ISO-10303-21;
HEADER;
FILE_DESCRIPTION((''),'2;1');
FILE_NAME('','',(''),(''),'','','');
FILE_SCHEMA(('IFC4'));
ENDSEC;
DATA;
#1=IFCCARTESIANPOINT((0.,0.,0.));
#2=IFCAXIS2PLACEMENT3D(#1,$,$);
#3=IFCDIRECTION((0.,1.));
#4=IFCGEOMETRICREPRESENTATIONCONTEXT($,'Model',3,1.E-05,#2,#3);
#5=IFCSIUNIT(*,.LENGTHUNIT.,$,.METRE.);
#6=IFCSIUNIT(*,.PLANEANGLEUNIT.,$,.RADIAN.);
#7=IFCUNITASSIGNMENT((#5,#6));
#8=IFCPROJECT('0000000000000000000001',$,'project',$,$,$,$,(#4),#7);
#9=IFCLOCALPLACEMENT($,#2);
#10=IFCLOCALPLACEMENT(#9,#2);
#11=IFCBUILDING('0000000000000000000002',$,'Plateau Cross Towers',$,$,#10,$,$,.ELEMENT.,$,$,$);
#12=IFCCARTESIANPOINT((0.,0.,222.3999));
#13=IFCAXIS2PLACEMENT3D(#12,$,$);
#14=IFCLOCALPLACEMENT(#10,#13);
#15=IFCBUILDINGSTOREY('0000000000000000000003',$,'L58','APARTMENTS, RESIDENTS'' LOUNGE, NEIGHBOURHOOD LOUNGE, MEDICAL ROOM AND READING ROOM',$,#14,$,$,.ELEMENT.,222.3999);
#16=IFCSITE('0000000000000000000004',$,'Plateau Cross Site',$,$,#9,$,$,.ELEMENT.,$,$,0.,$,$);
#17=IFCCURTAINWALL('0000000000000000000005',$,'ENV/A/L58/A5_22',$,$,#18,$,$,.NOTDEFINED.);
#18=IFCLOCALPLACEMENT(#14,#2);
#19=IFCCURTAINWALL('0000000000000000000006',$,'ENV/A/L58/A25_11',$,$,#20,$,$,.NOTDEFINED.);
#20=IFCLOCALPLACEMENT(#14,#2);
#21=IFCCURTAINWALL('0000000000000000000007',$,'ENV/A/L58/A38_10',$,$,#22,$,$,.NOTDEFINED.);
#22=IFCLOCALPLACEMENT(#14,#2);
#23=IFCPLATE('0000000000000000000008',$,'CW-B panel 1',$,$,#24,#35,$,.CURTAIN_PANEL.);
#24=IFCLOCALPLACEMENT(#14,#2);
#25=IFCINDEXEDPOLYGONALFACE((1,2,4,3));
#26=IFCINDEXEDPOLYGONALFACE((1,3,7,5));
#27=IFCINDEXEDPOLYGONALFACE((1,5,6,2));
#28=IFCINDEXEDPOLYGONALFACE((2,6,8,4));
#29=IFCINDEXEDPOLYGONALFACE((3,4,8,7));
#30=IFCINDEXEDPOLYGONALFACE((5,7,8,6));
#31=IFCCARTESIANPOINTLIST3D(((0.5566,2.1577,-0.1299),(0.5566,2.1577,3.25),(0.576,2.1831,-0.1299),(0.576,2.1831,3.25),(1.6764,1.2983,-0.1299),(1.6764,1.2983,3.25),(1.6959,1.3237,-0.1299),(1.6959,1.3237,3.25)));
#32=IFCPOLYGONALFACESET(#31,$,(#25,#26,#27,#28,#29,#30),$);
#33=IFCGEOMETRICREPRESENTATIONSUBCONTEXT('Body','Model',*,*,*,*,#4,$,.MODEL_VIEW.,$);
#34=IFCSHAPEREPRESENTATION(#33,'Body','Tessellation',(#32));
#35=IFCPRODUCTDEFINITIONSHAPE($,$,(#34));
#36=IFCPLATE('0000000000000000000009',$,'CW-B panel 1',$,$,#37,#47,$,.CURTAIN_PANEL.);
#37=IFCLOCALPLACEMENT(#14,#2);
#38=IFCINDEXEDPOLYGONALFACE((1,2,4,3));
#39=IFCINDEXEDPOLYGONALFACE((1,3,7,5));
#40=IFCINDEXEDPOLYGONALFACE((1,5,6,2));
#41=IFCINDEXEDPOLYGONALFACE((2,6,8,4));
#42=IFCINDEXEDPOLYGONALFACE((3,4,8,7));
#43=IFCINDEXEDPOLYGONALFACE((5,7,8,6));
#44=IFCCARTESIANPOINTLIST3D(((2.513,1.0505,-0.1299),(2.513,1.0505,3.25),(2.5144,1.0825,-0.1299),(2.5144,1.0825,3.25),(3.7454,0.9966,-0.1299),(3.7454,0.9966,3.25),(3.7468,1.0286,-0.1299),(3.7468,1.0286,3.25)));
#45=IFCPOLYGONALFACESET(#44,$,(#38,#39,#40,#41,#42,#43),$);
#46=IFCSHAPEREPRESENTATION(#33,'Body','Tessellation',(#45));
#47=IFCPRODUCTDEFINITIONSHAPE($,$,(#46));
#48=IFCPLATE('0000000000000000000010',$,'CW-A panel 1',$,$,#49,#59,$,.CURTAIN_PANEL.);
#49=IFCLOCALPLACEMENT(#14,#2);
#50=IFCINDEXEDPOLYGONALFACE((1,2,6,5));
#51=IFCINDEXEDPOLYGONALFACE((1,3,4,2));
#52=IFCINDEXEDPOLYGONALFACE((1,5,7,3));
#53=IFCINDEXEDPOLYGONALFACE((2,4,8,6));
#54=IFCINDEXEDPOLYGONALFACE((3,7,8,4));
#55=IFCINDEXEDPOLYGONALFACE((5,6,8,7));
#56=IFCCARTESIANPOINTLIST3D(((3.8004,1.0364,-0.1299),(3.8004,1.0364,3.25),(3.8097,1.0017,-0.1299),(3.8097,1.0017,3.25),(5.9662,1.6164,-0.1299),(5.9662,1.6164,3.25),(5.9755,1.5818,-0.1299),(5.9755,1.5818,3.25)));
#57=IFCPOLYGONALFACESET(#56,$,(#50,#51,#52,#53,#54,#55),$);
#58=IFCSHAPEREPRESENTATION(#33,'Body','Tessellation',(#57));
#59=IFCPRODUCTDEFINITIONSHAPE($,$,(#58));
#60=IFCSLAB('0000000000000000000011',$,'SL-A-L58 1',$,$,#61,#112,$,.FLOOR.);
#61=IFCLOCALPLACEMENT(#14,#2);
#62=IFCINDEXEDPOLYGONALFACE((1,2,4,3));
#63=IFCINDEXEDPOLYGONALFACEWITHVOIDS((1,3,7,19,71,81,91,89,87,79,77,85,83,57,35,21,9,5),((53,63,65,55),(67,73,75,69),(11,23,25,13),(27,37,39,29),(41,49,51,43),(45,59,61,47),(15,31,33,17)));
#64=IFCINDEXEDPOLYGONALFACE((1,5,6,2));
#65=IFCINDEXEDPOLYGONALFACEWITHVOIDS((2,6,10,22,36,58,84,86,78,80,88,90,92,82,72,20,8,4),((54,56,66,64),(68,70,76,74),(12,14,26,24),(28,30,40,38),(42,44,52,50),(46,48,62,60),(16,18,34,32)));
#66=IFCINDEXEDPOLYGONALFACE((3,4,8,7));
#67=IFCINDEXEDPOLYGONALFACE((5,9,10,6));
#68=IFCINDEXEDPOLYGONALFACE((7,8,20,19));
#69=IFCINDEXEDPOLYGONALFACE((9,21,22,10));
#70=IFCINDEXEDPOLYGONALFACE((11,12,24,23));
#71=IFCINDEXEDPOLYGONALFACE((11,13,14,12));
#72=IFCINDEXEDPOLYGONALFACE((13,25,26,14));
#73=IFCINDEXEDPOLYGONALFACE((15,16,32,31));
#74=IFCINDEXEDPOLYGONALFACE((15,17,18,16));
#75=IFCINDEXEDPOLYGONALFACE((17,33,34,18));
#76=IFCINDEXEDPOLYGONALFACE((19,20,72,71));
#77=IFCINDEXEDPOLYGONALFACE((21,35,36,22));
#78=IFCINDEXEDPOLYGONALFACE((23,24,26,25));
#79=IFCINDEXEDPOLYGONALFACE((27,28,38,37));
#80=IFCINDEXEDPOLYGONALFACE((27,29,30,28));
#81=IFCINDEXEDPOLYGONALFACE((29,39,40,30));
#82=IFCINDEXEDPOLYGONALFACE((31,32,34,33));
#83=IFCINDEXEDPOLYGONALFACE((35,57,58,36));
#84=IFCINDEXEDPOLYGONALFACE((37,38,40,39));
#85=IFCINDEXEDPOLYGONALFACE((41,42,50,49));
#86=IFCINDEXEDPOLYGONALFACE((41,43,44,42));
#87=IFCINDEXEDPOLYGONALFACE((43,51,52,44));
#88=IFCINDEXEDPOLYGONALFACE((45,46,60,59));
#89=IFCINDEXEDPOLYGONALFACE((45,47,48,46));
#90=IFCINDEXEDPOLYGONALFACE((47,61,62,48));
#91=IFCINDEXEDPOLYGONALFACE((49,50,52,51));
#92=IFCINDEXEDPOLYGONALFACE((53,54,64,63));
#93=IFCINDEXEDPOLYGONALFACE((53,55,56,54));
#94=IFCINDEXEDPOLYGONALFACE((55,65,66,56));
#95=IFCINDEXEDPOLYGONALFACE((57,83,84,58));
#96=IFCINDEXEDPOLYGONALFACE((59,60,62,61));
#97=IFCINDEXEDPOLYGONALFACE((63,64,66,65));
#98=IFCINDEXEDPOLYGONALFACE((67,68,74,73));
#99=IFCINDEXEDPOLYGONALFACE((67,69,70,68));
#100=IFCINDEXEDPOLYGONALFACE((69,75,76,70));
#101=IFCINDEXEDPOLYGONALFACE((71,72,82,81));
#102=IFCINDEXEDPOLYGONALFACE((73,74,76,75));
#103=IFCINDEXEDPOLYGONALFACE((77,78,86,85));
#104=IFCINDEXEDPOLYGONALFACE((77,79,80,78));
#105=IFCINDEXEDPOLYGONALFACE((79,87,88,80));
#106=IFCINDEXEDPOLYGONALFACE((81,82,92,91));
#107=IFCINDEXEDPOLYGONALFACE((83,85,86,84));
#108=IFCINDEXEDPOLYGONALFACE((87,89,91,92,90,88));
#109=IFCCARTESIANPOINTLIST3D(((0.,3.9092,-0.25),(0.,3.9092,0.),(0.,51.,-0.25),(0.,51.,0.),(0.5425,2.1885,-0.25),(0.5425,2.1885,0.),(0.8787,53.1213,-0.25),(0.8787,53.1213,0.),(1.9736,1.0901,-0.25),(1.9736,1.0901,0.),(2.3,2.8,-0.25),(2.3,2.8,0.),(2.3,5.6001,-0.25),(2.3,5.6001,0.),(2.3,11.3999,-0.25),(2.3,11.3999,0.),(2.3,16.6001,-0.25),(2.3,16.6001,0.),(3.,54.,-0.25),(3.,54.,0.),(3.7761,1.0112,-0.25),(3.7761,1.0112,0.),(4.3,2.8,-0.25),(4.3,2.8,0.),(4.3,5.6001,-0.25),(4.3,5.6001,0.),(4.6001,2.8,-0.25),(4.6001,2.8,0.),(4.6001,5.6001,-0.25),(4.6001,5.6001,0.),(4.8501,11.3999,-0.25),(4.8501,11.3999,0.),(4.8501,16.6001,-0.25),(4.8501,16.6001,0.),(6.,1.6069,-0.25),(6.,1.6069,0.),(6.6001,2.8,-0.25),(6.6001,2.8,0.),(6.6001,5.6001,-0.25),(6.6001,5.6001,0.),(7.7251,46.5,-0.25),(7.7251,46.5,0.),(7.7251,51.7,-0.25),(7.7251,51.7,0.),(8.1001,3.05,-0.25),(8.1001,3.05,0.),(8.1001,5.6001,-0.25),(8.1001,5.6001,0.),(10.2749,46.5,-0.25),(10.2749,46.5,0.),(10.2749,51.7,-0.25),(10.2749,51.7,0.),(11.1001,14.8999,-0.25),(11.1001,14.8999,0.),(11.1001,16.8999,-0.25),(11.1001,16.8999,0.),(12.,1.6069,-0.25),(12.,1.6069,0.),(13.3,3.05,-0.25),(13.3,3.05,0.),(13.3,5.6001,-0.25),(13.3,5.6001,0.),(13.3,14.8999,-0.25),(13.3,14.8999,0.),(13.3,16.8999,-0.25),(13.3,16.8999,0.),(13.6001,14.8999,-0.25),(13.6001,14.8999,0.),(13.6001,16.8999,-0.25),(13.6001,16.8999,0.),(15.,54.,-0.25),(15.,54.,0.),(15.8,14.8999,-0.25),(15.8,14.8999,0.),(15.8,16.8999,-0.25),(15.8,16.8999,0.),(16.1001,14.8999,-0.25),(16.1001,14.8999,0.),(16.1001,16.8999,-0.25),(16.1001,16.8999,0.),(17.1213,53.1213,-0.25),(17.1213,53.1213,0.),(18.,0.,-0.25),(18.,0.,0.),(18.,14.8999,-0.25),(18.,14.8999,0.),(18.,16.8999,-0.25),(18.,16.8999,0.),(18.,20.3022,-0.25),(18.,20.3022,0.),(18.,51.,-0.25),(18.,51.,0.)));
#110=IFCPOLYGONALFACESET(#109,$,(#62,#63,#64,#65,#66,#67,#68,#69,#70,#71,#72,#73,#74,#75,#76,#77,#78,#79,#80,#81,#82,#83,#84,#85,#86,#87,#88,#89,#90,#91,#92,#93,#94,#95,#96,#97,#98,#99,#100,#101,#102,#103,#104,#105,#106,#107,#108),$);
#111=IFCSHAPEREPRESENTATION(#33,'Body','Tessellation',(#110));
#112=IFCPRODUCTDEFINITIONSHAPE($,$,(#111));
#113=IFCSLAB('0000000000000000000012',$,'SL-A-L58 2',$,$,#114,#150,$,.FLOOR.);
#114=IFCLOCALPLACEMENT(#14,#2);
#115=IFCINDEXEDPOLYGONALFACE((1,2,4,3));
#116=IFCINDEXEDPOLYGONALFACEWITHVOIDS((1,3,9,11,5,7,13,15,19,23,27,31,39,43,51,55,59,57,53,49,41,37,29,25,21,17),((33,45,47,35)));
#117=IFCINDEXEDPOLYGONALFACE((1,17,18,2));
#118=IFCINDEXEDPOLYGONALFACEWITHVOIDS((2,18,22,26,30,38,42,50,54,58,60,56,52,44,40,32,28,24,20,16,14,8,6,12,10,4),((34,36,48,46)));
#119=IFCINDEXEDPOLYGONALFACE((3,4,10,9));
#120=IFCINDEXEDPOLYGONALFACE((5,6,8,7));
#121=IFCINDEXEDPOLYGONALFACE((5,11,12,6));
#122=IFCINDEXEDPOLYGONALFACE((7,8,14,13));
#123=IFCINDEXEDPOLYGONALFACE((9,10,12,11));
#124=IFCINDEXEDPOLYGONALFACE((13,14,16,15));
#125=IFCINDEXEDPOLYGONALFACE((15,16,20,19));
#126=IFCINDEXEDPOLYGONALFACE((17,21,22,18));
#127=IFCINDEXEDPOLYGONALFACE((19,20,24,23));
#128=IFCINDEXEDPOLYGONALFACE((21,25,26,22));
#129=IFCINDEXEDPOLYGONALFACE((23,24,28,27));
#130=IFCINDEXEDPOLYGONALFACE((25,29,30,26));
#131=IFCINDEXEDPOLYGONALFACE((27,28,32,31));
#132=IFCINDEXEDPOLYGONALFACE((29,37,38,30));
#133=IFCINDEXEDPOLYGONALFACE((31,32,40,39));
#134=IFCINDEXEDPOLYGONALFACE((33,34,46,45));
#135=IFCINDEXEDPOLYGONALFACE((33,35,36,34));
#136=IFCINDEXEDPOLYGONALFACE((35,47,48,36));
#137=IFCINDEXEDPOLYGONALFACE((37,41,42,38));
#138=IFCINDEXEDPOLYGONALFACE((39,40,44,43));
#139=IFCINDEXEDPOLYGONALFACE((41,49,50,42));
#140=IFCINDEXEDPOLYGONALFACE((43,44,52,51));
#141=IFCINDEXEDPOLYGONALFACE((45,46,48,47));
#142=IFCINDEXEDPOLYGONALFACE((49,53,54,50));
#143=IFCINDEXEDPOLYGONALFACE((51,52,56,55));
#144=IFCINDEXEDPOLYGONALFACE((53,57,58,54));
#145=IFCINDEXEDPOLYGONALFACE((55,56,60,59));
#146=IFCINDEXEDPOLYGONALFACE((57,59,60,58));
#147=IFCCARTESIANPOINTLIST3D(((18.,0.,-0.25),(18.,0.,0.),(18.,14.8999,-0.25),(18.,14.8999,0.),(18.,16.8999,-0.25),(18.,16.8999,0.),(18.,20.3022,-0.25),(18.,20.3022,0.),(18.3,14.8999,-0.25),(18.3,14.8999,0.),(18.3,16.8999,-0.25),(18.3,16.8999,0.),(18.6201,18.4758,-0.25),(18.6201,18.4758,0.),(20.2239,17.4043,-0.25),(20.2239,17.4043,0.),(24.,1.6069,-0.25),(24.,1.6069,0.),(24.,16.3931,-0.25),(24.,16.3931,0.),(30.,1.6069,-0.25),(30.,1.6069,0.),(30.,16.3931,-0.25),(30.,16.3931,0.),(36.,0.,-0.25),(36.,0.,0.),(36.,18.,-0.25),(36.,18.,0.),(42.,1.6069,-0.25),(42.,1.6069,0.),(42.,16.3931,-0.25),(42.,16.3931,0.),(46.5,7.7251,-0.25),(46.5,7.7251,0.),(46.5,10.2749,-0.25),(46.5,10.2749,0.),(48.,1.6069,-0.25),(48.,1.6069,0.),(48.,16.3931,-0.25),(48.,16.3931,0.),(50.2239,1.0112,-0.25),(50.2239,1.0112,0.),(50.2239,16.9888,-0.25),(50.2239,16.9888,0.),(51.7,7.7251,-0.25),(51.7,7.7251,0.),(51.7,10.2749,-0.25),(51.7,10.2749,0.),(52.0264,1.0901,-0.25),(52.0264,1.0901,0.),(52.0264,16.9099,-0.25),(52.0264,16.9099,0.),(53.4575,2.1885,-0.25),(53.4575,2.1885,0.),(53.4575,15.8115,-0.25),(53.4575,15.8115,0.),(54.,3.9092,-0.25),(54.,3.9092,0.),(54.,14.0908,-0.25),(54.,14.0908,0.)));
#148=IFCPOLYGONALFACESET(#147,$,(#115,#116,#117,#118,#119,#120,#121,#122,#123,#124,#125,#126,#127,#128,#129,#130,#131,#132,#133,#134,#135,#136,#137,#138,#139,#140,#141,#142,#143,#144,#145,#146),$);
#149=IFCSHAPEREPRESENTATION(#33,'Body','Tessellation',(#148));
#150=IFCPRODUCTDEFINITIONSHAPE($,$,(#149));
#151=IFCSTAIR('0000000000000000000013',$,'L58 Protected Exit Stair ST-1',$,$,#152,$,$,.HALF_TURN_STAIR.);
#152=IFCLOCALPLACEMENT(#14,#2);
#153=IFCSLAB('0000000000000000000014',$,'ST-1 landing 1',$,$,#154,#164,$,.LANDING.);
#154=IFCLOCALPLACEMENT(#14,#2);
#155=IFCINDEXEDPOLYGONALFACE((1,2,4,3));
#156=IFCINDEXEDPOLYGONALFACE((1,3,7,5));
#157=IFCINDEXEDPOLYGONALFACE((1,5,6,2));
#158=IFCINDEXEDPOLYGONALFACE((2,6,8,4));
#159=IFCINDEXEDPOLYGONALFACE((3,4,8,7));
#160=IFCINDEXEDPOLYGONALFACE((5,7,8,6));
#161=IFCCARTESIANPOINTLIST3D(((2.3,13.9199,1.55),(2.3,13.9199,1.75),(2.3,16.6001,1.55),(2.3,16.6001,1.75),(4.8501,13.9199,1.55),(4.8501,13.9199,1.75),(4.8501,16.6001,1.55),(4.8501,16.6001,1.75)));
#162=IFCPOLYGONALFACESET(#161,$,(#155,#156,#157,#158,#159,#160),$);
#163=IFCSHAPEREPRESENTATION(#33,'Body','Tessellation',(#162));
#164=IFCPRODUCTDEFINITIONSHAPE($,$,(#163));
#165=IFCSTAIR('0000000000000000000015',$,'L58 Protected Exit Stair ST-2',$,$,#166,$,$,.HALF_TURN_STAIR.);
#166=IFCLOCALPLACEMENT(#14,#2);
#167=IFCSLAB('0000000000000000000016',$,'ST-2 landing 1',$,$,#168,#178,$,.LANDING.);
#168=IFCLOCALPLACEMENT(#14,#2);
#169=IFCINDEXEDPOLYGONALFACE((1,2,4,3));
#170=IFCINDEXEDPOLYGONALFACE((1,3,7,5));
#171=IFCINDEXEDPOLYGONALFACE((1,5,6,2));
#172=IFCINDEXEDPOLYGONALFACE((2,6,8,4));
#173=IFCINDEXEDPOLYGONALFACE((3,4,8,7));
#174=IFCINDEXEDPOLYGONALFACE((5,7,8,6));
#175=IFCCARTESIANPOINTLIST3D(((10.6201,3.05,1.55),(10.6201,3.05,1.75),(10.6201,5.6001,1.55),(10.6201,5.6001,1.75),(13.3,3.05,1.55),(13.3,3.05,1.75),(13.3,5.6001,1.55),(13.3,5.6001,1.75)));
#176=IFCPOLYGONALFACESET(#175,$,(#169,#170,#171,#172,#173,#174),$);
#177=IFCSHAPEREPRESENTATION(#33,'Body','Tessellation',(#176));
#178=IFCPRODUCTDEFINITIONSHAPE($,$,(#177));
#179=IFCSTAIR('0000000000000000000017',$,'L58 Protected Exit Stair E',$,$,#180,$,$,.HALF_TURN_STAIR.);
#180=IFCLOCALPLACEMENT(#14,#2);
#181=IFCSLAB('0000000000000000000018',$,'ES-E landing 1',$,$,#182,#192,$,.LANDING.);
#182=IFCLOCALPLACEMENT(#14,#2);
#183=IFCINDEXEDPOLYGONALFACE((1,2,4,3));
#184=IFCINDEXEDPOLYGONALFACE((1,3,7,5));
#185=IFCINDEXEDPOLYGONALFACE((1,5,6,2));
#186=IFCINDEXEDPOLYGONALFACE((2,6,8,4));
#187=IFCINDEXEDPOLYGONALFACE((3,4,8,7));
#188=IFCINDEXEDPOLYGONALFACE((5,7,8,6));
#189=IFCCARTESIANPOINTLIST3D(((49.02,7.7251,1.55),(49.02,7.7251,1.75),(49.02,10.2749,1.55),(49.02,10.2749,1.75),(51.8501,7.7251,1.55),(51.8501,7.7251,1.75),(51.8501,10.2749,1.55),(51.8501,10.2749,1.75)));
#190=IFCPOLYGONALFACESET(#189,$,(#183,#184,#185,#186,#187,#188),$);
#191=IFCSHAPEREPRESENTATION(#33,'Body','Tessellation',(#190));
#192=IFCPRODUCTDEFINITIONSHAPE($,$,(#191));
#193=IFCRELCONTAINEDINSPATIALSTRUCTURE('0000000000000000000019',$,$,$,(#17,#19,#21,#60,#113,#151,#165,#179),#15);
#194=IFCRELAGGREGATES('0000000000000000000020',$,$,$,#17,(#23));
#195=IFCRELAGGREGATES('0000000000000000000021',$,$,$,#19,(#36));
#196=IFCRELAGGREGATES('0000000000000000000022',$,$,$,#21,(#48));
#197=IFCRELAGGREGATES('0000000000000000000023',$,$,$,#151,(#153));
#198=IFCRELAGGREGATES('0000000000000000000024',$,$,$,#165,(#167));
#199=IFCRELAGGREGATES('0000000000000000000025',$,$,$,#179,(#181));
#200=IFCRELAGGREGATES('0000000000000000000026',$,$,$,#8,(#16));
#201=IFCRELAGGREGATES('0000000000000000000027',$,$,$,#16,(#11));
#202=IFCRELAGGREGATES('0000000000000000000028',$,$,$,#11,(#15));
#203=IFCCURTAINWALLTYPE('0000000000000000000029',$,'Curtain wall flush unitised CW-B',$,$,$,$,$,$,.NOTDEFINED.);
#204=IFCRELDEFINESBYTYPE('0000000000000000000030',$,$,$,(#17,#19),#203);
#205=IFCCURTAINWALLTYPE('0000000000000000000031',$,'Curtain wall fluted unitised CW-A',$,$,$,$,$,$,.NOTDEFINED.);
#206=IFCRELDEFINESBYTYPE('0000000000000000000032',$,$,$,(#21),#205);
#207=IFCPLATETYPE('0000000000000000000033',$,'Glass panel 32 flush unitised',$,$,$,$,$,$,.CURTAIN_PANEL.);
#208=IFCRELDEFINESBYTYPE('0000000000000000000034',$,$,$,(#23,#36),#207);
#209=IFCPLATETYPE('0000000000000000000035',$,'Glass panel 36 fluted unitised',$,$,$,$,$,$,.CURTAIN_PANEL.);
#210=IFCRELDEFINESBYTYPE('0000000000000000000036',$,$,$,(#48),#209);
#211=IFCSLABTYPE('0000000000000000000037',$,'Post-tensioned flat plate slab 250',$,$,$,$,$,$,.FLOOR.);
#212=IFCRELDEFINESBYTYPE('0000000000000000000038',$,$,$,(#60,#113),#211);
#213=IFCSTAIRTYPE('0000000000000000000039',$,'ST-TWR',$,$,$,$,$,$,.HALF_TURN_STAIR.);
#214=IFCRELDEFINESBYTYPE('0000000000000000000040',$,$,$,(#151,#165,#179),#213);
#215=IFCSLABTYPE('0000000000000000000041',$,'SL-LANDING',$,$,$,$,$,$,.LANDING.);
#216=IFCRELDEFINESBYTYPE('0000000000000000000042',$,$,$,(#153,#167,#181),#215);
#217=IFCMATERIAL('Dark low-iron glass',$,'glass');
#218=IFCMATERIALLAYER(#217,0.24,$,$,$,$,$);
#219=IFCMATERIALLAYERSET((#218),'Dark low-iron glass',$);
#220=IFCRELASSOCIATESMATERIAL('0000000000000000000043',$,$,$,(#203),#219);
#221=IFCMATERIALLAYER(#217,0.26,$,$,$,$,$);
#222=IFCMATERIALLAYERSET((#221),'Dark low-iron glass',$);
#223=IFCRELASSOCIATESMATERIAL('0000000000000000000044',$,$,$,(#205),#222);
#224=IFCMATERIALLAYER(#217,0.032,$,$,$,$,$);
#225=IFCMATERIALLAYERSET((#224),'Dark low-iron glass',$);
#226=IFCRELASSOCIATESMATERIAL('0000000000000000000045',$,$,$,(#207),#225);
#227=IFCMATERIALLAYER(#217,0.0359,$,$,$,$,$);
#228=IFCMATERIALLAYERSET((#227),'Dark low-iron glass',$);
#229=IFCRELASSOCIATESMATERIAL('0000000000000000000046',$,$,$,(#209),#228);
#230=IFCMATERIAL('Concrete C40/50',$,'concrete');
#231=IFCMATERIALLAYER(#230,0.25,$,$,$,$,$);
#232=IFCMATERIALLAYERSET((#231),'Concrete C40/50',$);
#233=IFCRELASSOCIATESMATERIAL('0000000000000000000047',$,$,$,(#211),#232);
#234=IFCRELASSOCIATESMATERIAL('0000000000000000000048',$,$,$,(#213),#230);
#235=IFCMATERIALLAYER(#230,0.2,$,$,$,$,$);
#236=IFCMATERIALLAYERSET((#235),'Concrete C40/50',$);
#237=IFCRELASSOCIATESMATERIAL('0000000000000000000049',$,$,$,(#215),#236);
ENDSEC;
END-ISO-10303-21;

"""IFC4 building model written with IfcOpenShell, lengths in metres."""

from ifc_helpers import new_model, si_unit, direction, frame, origin, origin_2d, place, context, subcontext, project, spatial, polyline, rectangle, outline, extrude, material, layer, layer_set, type_object, element, aggregate, save


model = new_model("IFC4")

# Units and contexts
model_context = context("Model", 3, precision=1e-05, world=origin(), true_north=direction((0.0, 1.0)))
body_context = subcontext(model_context, "Body", "Model", "MODEL_VIEW")
ifc_project = project(units=[si_unit("LENGTHUNIT", "METRE"), si_unit("PLANEANGLEUNIT", "RADIAN")], contexts=[model_context])

# Site, building, storey
site_placement = place(None, origin())
site = spatial("IfcSite", under=ifc_project, at=site_placement, Name="Plateau Cross Site", CompositionType="ELEMENT", RefElevation=0.0)
building_placement = place(site_placement, origin())
building = spatial("IfcBuilding", under=site, at=building_placement, Name="Plateau Cross Towers", CompositionType="ELEMENT")
storey_placement = place(building_placement, frame((0.0, 0.0, 222.3999)))
storey = spatial("IfcBuildingStorey", under=building, at=storey_placement, Name="L58", Description="APARTMENTS, RESIDENTS' LOUNGE, NEIGHBOURHOOD LOUNGE, MEDICAL ROOM AND READING ROOM", CompositionType="ELEMENT", Elevation=222.3999)

# Curtain wall
ifc_material_1 = material(Name="Dark low-iron glass", Category="glass")
ifc_layer_1 = layer(ifc_material_1, 0.24)
ifc_layer_set_1 = layer_set([ifc_layer_1], Name="Dark low-iron glass")
curtain_wall_type_1 = type_object("IfcCurtainWallType", Name="Curtain wall flush unitised CW-B", PredefinedType="NOTDEFINED", material=ifc_layer_set_1)
curtain_wall_1_placement = place(storey_placement, origin())
curtain_wall_1 = element("IfcCurtainWall", 1, at=curtain_wall_1_placement, inside=storey, type_object=curtain_wall_type_1, Name="ENV/A/L58/A5_22", PredefinedType="NOTDEFINED")

# Curtain walls
curtain_wall_2_placement = place(storey_placement, origin())
curtain_wall_2 = element("IfcCurtainWall", 2, at=curtain_wall_2_placement, inside=storey, type_object=curtain_wall_type_1, Name="ENV/A/L58/A25_11", PredefinedType="NOTDEFINED")
ifc_layer_2 = layer(ifc_material_1, 0.26)
ifc_layer_set_2 = layer_set([ifc_layer_2], Name="Dark low-iron glass")
curtain_wall_type_2 = type_object("IfcCurtainWallType", Name="Curtain wall fluted unitised CW-A", PredefinedType="NOTDEFINED", material=ifc_layer_set_2)
curtain_wall_3_placement = place(storey_placement, origin())
curtain_wall_3 = element("IfcCurtainWall", 3, at=curtain_wall_3_placement, inside=storey, type_object=curtain_wall_type_2, Name="ENV/A/L58/A38_10", PredefinedType="NOTDEFINED")

# Shared definitions
ifc_material_2 = material(Name="Concrete C40/50", Category="concrete")

# Plates
ifc_layer_3 = layer(ifc_material_1, 0.032)
ifc_layer_set_3 = layer_set([ifc_layer_3], Name="Dark low-iron glass")
plate_type_1 = type_object("IfcPlateType", Name="Glass panel 32 flush unitised", PredefinedType="CURTAIN_PANEL", material=ifc_layer_set_3)
plate_1_placement = place(storey_placement, frame((1.1262, 1.7407, -0.1299), z_axis=(0.0, 0.0, 1.0), x_axis=(0.793316, -0.608811, 0.0)))
plate_1 = element("IfcPlate", 4, at=plate_1_placement, type_object=plate_type_1, Name="CW-B panel 1", PredefinedType="CURTAIN_PANEL", context=body_context, shape_type="SweptSolid", body=[
    extrude(rectangle(XDim=1.4116, YDim=0.032, at=origin_2d()), origin(), (0.0, 0.0, 1.0), 3.3799),
])
aggregate(curtain_wall_1, [plate_1])
plate_2_placement = place(storey_placement, frame((3.1299, 1.0396, -0.1299), z_axis=(0.0, 0.0, 1.0), x_axis=(0.999044, -0.043723, 0.0)))
plate_2 = element("IfcPlate", 5, at=plate_2_placement, type_object=plate_type_1, Name="CW-B panel 1", PredefinedType="CURTAIN_PANEL", context=body_context, shape_type="SweptSolid", body=[
    extrude(rectangle(XDim=1.2336, YDim=0.032, at=origin_2d()), origin(), (0.0, 0.0, 1.0), 3.3799),
])
aggregate(curtain_wall_2, [plate_2])
ifc_layer_4 = layer(ifc_material_1, 0.0359)
ifc_layer_set_4 = layer_set([ifc_layer_4], Name="Dark low-iron glass")
plate_type_2 = type_object("IfcPlateType", Name="Glass panel 36 fluted unitised", PredefinedType="CURTAIN_PANEL", material=ifc_layer_set_4)
plate_3_placement = place(storey_placement, frame((4.8879, 1.3091, -0.1299), z_axis=(0.0, 0.0, 1.0), x_axis=(0.965958, 0.258699, 0.0)))
plate_3 = element("IfcPlate", 6, at=plate_3_placement, type_object=plate_type_2, Name="CW-A panel 1", PredefinedType="CURTAIN_PANEL", context=body_context, shape_type="SweptSolid", body=[
    extrude(rectangle(XDim=2.2422, YDim=0.0359, at=origin_2d()), origin(), (0.0, 0.0, 1.0), 3.3799),
])
aggregate(curtain_wall_3, [plate_3])

# Slabs
ifc_layer_5 = layer(ifc_material_2, 0.25)
ifc_layer_set_5 = layer_set([ifc_layer_5], Name="Concrete C40/50")
slab_type_1 = type_object("IfcSlabType", Name="Post-tensioned flat plate slab 250", PredefinedType="FLOOR", material=ifc_layer_set_5)
slab_1_placement = place(storey_placement, frame((0.0, 0.0, -0.25)))
element("IfcSlab", 7, at=slab_1_placement, inside=storey, type_object=slab_type_1, Name="SL-A-L58 1", PredefinedType="FLOOR", context=body_context, shape_type="SweptSolid", body=[
    extrude(outline(polyline([(0.5425, 2.1885), (0.0, 3.9092), (0.0, 51.0), (0.8787, 53.1213), (3.0, 54.0), (15.0, 54.0), (17.1213, 53.1213), (18.0, 51.0), (18.0, 20.3022), (18.0, 16.8999), (16.1001, 16.8999), (16.1001, 14.8999), (18.0, 14.8999), (18.0, 0.0), (12.0, 1.6069), (6.0, 1.6069), (3.7761, 1.0112), (1.9736, 1.0901), (0.5425, 2.1885)]), holes=[polyline([(2.3, 5.6001), (2.3, 2.8), (4.3, 2.8), (4.3, 5.6001), (2.3, 5.6001)]), polyline([(4.6001, 5.6001), (4.6001, 2.8), (6.6001, 2.8), (6.6001, 5.6001), (4.6001, 5.6001)]), polyline([(8.1001, 5.6001), (8.1001, 3.05), (13.3, 3.05), (13.3, 5.6001), (8.1001, 5.6001)]), polyline([(2.3, 11.3999), (4.8501, 11.3999), (4.8501, 16.6001), (2.3, 16.6001), (2.3, 11.3999)]), polyline([(11.1001, 16.8999), (11.1001, 14.8999), (13.3, 14.8999), (13.3, 16.8999), (11.1001, 16.8999)]), polyline([(13.6001, 16.8999), (13.6001, 14.8999), (15.8, 14.8999), (15.8, 16.8999), (13.6001, 16.8999)]), polyline([(7.7251, 51.7), (7.7251, 46.5), (10.2749, 46.5), (10.2749, 51.7), (7.7251, 51.7)])]), origin(), (0.0, 0.0, 1.0), 0.25),
])
slab_2_placement = place(storey_placement, frame((0.0, 0.0, -0.25)))
element("IfcSlab", 8, at=slab_2_placement, inside=storey, type_object=slab_type_1, Name="SL-A-L58 2", PredefinedType="FLOOR", context=body_context, shape_type="SweptSolid", body=[
    extrude(outline(polyline([(18.6201, 18.4758), (20.2239, 17.4043), (24.0, 16.3931), (30.0, 16.3931), (36.0, 18.0), (42.0, 16.3931), (48.0, 16.3931), (50.2239, 16.9888), (52.0264, 16.9099), (53.4575, 15.8115), (54.0, 14.0908), (54.0, 3.9092), (53.4575, 2.1885), (52.0264, 1.0901), (50.2239, 1.0112), (48.0, 1.6069), (42.0, 1.6069), (36.0, 0.0), (30.0, 1.6069), (24.0, 1.6069), (18.0, 0.0), (18.0, 14.8999), (18.3, 14.8999), (18.3, 16.8999), (18.0, 16.8999), (18.0, 20.3022), (18.6201, 18.4758)]), holes=[polyline([(46.5, 10.2749), (46.5, 7.7251), (51.7, 7.7251), (51.7, 10.2749), (46.5, 10.2749)])]), origin(), (0.0, 0.0, 1.0), 0.25),
])

# Stairs, slabs
stair_type = type_object("IfcStairType", Name="ST-TWR", PredefinedType="HALF_TURN_STAIR", material=ifc_material_2)
stair_1_placement = place(storey_placement, origin())
stair_1 = element("IfcStair", 9, at=stair_1_placement, inside=storey, type_object=stair_type, Name="L58 Protected Exit Stair ST-1", PredefinedType="HALF_TURN_STAIR")
ifc_layer_6 = layer(ifc_material_2, 0.2)
ifc_layer_set_6 = layer_set([ifc_layer_6], Name="Concrete C40/50")
slab_type_2 = type_object("IfcSlabType", Name="SL-LANDING", PredefinedType="LANDING", material=ifc_layer_set_6)
slab_3_placement = place(storey_placement, frame((0.0, 0.0, 1.55)))
slab_3 = element("IfcSlab", 10, at=slab_3_placement, type_object=slab_type_2, Name="ST-1 landing 1", PredefinedType="LANDING", context=body_context, shape_type="SweptSolid", body=[
    extrude(outline(polyline([(4.8501, 13.9199), (4.8501, 16.6001), (2.3, 16.6001), (2.3, 13.9199), (4.8501, 13.9199)])), origin(), (0.0, 0.0, 1.0), 0.2),
])
aggregate(stair_1, [slab_3])
stair_2_placement = place(storey_placement, origin())
stair_2 = element("IfcStair", 11, at=stair_2_placement, inside=storey, type_object=stair_type, Name="L58 Protected Exit Stair ST-2", PredefinedType="HALF_TURN_STAIR")
slab_4_placement = place(storey_placement, frame((0.0, 0.0, 1.55)))
slab_4 = element("IfcSlab", 12, at=slab_4_placement, type_object=slab_type_2, Name="ST-2 landing 1", PredefinedType="LANDING", context=body_context, shape_type="SweptSolid", body=[
    extrude(outline(polyline([(10.6201, 3.05), (13.3, 3.05), (13.3, 5.6001), (10.6201, 5.6001), (10.6201, 3.05)])), origin(), (0.0, 0.0, 1.0), 0.2),
])
aggregate(stair_2, [slab_4])
stair_3_placement = place(storey_placement, origin())
stair_3 = element("IfcStair", 13, at=stair_3_placement, inside=storey, type_object=stair_type, Name="L58 Protected Exit Stair E", PredefinedType="HALF_TURN_STAIR")
slab_5_placement = place(storey_placement, frame((0.0, 0.0, 1.55)))
slab_5 = element("IfcSlab", 14, at=slab_5_placement, type_object=slab_type_2, Name="ES-E landing 1", PredefinedType="LANDING", context=body_context, shape_type="SweptSolid", body=[
    extrude(outline(polyline([(49.02, 7.7251), (51.8501, 7.7251), (51.8501, 10.2749), (49.02, 10.2749), (49.02, 7.7251)])), origin(), (0.0, 0.0, 1.0), 0.2),
])
aggregate(stair_3, [slab_5])

save(model, "model.ifc")
